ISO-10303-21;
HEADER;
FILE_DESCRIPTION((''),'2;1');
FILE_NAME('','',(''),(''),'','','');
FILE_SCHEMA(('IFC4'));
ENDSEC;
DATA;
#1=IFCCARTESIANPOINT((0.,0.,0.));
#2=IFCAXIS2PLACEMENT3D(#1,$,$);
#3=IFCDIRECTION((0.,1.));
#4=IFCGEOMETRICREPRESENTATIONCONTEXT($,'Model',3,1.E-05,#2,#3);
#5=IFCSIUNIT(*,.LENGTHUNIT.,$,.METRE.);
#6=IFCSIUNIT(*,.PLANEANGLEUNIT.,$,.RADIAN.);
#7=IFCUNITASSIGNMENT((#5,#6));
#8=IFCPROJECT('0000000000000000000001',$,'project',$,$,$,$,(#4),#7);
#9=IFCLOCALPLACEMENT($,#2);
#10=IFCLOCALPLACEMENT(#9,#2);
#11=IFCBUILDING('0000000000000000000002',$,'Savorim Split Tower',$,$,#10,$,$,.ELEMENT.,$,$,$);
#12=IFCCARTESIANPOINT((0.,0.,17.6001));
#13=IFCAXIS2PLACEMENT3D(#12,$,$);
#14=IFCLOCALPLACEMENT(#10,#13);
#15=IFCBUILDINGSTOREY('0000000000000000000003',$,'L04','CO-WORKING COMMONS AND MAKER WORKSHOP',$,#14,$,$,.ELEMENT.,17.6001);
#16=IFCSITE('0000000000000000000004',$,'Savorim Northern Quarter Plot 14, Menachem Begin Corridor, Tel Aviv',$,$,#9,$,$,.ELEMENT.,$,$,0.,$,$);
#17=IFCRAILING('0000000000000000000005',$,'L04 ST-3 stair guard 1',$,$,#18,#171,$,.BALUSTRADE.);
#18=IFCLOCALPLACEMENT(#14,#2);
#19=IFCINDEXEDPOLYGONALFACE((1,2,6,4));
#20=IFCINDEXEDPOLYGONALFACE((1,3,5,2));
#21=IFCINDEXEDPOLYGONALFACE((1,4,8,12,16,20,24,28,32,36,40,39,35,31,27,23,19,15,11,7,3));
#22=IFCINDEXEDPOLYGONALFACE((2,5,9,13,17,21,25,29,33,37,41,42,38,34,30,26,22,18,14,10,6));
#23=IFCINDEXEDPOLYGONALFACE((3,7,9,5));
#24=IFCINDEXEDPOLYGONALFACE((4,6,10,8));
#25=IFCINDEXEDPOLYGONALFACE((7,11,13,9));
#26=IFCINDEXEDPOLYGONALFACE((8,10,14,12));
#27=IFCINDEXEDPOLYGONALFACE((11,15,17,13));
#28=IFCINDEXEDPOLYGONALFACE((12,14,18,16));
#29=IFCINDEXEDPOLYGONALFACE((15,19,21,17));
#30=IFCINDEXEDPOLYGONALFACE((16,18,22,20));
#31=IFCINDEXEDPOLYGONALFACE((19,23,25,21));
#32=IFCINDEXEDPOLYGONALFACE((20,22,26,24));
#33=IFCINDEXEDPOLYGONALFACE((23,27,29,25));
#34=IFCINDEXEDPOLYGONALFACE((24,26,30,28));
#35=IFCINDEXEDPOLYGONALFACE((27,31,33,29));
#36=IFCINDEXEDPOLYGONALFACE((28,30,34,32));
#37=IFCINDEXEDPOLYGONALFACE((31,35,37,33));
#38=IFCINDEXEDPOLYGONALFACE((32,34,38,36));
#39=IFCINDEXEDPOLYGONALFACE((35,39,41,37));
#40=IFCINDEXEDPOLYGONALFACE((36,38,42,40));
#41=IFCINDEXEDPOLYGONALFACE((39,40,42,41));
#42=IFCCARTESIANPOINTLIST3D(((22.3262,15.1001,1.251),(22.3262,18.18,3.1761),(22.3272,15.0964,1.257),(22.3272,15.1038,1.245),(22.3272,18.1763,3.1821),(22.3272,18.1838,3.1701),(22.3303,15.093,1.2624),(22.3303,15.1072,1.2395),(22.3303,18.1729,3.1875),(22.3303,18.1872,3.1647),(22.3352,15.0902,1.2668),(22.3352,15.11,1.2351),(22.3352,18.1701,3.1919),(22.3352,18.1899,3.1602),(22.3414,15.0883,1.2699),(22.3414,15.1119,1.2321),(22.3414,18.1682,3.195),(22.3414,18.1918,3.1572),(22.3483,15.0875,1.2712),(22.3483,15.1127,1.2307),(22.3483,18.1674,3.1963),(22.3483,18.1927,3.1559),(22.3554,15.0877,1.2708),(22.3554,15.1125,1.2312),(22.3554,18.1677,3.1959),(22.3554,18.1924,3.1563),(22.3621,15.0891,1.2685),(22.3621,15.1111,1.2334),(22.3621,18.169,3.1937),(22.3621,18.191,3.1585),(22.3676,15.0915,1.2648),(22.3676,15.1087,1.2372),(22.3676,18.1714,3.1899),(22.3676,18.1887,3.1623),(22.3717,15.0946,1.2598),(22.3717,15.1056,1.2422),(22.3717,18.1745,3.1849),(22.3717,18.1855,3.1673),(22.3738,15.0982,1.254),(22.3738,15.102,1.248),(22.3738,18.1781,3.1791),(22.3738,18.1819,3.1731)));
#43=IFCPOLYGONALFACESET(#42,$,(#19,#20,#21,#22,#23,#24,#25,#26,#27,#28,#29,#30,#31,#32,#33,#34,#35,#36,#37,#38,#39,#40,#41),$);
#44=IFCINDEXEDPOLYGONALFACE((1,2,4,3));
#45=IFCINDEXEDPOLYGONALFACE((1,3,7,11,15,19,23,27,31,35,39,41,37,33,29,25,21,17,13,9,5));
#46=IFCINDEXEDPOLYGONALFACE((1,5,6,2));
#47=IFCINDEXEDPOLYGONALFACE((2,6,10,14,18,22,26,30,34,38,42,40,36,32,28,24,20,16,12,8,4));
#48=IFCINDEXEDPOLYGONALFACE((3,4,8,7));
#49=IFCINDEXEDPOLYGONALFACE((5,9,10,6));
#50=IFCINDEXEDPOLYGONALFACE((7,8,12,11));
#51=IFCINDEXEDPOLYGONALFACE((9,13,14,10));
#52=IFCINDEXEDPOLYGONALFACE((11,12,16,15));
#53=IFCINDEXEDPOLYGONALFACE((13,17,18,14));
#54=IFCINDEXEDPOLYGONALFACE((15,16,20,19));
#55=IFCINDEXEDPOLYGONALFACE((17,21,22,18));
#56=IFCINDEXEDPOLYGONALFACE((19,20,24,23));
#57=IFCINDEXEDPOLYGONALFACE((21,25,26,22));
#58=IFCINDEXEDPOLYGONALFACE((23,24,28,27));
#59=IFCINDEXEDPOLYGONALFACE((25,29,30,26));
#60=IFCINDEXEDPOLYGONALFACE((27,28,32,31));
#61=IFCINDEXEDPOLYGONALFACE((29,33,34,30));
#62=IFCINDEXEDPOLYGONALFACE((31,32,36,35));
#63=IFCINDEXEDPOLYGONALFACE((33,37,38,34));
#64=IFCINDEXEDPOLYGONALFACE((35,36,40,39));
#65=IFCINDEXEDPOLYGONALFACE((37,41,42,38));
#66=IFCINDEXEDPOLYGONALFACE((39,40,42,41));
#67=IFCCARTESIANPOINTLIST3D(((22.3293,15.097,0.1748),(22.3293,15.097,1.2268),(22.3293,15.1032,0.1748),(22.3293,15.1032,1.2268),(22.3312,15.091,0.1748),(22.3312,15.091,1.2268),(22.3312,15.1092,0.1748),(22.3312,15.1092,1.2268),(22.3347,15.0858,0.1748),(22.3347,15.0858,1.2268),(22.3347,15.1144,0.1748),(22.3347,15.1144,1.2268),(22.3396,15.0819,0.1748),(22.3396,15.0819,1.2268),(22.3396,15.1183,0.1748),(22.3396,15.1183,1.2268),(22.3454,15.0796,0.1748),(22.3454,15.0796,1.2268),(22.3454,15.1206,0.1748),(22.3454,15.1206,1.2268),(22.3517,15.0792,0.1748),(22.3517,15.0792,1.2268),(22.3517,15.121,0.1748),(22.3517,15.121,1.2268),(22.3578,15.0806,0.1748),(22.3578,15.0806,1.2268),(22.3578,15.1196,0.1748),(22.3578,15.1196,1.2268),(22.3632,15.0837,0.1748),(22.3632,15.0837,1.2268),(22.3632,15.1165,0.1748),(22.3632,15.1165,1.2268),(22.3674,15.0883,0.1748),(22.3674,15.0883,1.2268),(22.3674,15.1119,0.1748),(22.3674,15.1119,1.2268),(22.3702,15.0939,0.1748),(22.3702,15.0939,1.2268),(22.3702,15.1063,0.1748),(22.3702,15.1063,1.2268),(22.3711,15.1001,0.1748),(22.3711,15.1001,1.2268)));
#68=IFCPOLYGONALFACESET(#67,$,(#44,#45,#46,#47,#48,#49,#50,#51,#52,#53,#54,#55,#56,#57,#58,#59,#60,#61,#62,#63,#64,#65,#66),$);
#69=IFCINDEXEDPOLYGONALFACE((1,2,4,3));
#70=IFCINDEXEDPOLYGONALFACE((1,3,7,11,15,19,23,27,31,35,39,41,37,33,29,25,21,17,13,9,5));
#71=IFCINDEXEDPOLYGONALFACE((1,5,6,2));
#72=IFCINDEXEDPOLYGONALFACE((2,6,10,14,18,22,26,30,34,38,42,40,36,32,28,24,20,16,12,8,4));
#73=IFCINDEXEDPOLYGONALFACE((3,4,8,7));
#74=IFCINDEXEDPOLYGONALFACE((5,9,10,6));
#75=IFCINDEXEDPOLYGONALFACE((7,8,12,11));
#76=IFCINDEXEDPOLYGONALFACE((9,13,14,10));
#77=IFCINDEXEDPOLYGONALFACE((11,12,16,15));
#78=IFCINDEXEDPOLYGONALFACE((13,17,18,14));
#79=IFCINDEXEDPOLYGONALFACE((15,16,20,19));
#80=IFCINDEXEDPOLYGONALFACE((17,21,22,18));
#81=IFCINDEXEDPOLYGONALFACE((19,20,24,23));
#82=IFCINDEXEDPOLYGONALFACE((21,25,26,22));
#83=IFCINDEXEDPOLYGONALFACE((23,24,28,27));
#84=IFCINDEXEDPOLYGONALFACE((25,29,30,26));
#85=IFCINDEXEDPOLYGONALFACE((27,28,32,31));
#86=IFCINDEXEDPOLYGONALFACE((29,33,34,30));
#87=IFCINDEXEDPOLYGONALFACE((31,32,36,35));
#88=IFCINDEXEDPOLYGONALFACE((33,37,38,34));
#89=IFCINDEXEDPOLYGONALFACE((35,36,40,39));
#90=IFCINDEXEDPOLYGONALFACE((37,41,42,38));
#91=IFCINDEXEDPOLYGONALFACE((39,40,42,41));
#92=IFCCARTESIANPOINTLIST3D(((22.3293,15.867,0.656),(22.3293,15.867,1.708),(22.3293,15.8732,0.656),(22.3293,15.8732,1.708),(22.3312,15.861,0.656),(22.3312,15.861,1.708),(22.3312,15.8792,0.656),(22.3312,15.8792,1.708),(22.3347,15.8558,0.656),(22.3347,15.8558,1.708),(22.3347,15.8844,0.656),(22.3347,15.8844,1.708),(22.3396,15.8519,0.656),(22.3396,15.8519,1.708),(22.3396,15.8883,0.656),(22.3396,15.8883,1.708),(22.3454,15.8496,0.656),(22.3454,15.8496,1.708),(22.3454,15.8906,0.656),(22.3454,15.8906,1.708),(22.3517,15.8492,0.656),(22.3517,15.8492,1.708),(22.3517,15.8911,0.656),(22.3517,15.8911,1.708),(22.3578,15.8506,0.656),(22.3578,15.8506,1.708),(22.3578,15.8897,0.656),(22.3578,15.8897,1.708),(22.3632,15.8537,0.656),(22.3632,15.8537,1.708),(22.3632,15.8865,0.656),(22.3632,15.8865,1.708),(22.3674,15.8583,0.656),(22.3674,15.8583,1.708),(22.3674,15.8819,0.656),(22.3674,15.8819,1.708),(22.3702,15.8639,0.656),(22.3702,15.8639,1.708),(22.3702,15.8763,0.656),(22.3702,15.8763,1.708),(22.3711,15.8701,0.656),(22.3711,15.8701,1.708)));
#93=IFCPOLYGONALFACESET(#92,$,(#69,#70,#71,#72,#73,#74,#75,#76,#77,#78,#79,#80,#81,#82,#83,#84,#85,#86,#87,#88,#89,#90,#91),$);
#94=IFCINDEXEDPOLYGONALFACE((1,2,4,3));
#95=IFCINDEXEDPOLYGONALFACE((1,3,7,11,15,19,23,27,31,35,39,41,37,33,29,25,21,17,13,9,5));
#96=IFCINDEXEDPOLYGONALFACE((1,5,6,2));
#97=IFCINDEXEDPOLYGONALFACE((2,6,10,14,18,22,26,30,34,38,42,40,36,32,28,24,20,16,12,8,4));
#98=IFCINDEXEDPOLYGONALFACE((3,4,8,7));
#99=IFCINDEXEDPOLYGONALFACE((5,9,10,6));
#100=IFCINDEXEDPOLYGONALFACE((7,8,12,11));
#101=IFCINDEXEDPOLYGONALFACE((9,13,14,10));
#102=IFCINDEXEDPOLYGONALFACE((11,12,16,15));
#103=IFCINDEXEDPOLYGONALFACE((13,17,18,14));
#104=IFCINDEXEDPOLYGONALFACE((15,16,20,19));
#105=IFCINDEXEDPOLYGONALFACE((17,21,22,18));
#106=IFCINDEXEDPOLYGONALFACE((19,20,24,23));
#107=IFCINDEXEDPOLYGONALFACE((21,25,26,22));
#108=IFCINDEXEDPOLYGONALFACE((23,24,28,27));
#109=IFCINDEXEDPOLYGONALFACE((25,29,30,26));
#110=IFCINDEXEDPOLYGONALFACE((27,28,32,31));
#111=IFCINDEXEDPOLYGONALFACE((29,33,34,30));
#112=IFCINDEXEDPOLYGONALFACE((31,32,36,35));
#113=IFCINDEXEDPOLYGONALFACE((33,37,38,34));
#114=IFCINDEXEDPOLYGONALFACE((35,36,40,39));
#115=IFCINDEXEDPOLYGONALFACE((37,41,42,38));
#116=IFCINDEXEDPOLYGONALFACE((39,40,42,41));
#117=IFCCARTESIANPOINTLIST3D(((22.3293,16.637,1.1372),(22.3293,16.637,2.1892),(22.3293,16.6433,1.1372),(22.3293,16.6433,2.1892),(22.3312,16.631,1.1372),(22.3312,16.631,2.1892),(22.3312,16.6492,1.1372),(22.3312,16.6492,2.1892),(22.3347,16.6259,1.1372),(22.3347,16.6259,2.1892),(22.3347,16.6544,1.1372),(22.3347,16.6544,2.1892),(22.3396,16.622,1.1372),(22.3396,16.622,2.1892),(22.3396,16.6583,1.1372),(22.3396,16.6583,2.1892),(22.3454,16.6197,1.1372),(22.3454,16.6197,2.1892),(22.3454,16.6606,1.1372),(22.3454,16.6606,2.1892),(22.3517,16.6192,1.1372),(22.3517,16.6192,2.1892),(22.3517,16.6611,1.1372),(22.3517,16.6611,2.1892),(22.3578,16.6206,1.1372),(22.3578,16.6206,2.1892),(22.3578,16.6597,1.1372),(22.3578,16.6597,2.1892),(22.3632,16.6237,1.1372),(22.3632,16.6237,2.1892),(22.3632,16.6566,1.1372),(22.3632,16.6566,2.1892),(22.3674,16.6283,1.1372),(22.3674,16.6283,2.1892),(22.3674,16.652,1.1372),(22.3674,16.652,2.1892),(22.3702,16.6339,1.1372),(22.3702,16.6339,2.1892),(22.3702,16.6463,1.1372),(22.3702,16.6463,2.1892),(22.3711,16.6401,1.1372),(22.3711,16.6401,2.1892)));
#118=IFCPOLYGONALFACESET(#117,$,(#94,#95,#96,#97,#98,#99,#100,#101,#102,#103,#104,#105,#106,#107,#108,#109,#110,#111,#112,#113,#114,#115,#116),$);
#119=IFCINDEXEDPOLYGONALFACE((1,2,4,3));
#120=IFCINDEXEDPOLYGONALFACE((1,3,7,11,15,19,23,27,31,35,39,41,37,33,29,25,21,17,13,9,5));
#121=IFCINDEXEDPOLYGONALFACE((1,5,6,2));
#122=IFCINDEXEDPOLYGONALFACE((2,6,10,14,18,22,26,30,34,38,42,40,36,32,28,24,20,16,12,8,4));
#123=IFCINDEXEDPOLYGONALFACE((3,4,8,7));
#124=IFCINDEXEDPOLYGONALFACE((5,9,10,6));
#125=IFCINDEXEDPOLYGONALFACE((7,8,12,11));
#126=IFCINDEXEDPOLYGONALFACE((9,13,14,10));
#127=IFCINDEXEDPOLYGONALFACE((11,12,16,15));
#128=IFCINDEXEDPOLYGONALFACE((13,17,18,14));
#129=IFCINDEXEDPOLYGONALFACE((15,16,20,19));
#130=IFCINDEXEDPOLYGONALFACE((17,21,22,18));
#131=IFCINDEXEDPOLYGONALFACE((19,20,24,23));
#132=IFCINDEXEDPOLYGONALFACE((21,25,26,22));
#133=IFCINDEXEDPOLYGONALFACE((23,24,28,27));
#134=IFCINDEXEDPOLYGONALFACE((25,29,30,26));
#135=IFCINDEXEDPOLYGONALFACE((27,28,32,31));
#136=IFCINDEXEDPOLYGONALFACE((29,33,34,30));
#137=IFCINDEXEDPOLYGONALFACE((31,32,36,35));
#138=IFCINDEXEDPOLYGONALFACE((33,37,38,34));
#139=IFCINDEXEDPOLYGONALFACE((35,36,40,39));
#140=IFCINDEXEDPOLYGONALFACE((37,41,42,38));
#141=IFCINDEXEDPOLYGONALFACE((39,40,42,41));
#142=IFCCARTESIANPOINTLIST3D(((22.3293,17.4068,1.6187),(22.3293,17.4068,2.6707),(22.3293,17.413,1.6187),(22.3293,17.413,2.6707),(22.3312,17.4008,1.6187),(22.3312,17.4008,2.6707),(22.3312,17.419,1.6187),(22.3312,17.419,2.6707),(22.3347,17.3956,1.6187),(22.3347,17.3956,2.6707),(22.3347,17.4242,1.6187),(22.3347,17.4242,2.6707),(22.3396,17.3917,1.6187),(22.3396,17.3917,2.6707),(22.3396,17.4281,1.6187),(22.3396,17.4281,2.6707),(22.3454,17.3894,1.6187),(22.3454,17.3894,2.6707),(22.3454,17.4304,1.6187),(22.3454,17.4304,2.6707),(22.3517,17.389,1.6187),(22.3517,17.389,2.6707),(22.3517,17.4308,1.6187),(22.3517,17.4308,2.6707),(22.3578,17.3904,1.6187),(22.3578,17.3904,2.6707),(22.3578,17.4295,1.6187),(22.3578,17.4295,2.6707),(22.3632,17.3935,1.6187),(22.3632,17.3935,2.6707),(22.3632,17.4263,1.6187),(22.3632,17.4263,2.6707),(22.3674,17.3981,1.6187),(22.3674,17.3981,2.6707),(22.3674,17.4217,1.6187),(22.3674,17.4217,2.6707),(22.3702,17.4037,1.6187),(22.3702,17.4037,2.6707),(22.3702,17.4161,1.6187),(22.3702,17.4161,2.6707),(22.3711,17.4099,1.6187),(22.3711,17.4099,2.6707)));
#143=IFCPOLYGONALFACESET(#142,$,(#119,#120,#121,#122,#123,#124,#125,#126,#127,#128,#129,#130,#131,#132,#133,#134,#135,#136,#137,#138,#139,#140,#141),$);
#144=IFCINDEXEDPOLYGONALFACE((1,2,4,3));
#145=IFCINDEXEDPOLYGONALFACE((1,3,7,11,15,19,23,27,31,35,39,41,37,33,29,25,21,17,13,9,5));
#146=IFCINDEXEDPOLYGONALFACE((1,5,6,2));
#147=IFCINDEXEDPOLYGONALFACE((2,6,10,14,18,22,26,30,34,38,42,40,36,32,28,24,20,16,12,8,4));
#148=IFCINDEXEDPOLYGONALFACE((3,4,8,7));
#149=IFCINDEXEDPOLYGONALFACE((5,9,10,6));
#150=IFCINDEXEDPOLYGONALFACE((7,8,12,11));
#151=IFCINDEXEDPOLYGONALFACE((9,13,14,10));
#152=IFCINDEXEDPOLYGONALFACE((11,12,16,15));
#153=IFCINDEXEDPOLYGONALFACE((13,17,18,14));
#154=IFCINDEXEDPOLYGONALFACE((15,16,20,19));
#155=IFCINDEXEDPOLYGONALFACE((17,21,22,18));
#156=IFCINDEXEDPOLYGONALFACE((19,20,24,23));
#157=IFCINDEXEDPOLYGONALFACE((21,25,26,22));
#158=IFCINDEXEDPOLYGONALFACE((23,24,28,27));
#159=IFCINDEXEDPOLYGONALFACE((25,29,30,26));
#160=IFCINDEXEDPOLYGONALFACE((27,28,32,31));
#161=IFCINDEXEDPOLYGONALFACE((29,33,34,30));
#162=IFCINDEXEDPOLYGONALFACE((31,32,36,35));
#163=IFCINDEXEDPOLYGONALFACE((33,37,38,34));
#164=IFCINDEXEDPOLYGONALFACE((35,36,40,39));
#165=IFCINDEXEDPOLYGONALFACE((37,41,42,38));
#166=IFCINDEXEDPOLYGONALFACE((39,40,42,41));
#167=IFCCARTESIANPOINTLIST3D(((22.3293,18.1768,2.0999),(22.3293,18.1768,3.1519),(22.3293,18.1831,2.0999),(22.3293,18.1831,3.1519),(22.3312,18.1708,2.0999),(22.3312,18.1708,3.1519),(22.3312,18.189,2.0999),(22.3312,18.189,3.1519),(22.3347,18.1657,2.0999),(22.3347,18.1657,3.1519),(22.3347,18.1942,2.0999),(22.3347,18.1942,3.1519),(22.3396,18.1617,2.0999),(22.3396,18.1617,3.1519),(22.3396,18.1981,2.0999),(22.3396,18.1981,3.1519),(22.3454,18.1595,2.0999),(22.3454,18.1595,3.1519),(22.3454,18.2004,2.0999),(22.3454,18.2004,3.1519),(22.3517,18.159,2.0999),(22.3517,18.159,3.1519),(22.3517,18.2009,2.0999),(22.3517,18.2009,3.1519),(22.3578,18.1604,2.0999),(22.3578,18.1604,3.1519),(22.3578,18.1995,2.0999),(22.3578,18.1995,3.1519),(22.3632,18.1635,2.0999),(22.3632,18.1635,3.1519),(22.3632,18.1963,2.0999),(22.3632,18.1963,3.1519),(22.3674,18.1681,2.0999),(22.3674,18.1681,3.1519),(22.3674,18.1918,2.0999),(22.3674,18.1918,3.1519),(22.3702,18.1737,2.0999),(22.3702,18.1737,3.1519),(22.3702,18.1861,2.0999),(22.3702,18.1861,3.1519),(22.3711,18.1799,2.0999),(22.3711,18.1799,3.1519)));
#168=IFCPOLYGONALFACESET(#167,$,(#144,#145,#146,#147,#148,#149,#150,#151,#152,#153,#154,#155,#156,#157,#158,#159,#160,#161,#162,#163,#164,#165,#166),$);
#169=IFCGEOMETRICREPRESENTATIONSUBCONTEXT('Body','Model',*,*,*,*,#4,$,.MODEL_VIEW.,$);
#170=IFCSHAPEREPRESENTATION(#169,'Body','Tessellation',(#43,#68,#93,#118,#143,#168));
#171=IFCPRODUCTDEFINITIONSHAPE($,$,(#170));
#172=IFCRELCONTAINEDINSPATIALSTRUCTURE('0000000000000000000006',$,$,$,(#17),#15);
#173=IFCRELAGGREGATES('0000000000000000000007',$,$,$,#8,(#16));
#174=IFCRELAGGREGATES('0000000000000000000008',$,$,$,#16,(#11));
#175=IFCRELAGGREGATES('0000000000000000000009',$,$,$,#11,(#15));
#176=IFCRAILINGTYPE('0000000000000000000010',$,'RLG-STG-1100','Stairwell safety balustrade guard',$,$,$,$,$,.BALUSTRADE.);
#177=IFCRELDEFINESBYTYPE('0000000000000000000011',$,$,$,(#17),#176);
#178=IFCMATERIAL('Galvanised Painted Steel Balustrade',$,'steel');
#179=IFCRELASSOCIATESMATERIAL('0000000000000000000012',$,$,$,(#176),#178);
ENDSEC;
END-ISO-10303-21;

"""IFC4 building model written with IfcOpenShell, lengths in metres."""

from ifc_helpers import new_model, si_unit, direction, frame, origin, origin_2d, place, context, subcontext, project, spatial, circle, extrude, material, type_object, element, save


model = new_model("IFC4")

# Units and contexts
model_context = context("Model", 3, precision=1e-05, world=origin(), true_north=direction((0.0, 1.0)))
body_context = subcontext(model_context, "Body", "Model", "MODEL_VIEW")
ifc_project = project(units=[si_unit("LENGTHUNIT", "METRE"), si_unit("PLANEANGLEUNIT", "RADIAN")], contexts=[model_context])

# Site, building, storey
site_placement = place(None, origin())
site = spatial("IfcSite", under=ifc_project, at=site_placement, Name="Savorim Northern Quarter Plot 14, Menachem Begin Corridor, Tel Aviv", CompositionType="ELEMENT", RefElevation=0.0)
building_placement = place(site_placement, origin())
building = spatial("IfcBuilding", under=site, at=building_placement, Name="Savorim Split Tower", CompositionType="ELEMENT")
storey_placement = place(building_placement, frame((0.0, 0.0, 17.6001)))
storey = spatial("IfcBuildingStorey", under=building, at=storey_placement, Name="L04", Description="CO-WORKING COMMONS AND MAKER WORKSHOP", CompositionType="ELEMENT", Elevation=17.6001)

# Railing
ifc_material_1 = material(Name="Galvanised Painted Steel Balustrade", Category="steel")
railing_type_1 = type_object("IfcRailingType", Name="RLG-STG-1100", Description="Stairwell safety balustrade guard", PredefinedType="BALUSTRADE", material=ifc_material_1)
railing_1_placement = place(storey_placement, frame((22.3501, 15.1001, 0.1748)))
element("IfcRailing", 1, at=railing_1_placement, inside=storey, type_object=railing_type_1, Name="L04 ST-3 stair guard 1", PredefinedType="BALUSTRADE", context=body_context, shape_type="SweptSolid", body=[
    extrude(circle(Radius=0.0239, at=origin_2d()), frame((0.0, 0.0, 1.0762), z_axis=(0.0, 0.847979, 0.530029), x_axis=(-1.0, 0.0, 0.0)), (0.0, 0.0, 1.0), 3.6321),
    extrude(circle(Radius=0.021, at=origin_2d()), origin(), (0.0, 0.0, 1.0), 1.052),
    extrude(circle(Radius=0.021, at=origin_2d()), frame((0.0, 0.77, 0.4812)), (0.0, 0.0, 1.0), 1.052),
    extrude(circle(Radius=0.021, at=origin_2d()), frame((0.0, 1.54, 0.9624)), (0.0, 0.0, 1.0), 1.052),
    extrude(circle(Radius=0.021, at=origin_2d()), frame((0.0, 2.3098, 1.4438)), (0.0, 0.0, 1.0), 1.052),
    extrude(circle(Radius=0.021, at=origin_2d()), frame((0.0, 3.0798, 1.925)), (0.0, 0.0, 1.0), 1.052),
])

save(model, "model.ifc")
